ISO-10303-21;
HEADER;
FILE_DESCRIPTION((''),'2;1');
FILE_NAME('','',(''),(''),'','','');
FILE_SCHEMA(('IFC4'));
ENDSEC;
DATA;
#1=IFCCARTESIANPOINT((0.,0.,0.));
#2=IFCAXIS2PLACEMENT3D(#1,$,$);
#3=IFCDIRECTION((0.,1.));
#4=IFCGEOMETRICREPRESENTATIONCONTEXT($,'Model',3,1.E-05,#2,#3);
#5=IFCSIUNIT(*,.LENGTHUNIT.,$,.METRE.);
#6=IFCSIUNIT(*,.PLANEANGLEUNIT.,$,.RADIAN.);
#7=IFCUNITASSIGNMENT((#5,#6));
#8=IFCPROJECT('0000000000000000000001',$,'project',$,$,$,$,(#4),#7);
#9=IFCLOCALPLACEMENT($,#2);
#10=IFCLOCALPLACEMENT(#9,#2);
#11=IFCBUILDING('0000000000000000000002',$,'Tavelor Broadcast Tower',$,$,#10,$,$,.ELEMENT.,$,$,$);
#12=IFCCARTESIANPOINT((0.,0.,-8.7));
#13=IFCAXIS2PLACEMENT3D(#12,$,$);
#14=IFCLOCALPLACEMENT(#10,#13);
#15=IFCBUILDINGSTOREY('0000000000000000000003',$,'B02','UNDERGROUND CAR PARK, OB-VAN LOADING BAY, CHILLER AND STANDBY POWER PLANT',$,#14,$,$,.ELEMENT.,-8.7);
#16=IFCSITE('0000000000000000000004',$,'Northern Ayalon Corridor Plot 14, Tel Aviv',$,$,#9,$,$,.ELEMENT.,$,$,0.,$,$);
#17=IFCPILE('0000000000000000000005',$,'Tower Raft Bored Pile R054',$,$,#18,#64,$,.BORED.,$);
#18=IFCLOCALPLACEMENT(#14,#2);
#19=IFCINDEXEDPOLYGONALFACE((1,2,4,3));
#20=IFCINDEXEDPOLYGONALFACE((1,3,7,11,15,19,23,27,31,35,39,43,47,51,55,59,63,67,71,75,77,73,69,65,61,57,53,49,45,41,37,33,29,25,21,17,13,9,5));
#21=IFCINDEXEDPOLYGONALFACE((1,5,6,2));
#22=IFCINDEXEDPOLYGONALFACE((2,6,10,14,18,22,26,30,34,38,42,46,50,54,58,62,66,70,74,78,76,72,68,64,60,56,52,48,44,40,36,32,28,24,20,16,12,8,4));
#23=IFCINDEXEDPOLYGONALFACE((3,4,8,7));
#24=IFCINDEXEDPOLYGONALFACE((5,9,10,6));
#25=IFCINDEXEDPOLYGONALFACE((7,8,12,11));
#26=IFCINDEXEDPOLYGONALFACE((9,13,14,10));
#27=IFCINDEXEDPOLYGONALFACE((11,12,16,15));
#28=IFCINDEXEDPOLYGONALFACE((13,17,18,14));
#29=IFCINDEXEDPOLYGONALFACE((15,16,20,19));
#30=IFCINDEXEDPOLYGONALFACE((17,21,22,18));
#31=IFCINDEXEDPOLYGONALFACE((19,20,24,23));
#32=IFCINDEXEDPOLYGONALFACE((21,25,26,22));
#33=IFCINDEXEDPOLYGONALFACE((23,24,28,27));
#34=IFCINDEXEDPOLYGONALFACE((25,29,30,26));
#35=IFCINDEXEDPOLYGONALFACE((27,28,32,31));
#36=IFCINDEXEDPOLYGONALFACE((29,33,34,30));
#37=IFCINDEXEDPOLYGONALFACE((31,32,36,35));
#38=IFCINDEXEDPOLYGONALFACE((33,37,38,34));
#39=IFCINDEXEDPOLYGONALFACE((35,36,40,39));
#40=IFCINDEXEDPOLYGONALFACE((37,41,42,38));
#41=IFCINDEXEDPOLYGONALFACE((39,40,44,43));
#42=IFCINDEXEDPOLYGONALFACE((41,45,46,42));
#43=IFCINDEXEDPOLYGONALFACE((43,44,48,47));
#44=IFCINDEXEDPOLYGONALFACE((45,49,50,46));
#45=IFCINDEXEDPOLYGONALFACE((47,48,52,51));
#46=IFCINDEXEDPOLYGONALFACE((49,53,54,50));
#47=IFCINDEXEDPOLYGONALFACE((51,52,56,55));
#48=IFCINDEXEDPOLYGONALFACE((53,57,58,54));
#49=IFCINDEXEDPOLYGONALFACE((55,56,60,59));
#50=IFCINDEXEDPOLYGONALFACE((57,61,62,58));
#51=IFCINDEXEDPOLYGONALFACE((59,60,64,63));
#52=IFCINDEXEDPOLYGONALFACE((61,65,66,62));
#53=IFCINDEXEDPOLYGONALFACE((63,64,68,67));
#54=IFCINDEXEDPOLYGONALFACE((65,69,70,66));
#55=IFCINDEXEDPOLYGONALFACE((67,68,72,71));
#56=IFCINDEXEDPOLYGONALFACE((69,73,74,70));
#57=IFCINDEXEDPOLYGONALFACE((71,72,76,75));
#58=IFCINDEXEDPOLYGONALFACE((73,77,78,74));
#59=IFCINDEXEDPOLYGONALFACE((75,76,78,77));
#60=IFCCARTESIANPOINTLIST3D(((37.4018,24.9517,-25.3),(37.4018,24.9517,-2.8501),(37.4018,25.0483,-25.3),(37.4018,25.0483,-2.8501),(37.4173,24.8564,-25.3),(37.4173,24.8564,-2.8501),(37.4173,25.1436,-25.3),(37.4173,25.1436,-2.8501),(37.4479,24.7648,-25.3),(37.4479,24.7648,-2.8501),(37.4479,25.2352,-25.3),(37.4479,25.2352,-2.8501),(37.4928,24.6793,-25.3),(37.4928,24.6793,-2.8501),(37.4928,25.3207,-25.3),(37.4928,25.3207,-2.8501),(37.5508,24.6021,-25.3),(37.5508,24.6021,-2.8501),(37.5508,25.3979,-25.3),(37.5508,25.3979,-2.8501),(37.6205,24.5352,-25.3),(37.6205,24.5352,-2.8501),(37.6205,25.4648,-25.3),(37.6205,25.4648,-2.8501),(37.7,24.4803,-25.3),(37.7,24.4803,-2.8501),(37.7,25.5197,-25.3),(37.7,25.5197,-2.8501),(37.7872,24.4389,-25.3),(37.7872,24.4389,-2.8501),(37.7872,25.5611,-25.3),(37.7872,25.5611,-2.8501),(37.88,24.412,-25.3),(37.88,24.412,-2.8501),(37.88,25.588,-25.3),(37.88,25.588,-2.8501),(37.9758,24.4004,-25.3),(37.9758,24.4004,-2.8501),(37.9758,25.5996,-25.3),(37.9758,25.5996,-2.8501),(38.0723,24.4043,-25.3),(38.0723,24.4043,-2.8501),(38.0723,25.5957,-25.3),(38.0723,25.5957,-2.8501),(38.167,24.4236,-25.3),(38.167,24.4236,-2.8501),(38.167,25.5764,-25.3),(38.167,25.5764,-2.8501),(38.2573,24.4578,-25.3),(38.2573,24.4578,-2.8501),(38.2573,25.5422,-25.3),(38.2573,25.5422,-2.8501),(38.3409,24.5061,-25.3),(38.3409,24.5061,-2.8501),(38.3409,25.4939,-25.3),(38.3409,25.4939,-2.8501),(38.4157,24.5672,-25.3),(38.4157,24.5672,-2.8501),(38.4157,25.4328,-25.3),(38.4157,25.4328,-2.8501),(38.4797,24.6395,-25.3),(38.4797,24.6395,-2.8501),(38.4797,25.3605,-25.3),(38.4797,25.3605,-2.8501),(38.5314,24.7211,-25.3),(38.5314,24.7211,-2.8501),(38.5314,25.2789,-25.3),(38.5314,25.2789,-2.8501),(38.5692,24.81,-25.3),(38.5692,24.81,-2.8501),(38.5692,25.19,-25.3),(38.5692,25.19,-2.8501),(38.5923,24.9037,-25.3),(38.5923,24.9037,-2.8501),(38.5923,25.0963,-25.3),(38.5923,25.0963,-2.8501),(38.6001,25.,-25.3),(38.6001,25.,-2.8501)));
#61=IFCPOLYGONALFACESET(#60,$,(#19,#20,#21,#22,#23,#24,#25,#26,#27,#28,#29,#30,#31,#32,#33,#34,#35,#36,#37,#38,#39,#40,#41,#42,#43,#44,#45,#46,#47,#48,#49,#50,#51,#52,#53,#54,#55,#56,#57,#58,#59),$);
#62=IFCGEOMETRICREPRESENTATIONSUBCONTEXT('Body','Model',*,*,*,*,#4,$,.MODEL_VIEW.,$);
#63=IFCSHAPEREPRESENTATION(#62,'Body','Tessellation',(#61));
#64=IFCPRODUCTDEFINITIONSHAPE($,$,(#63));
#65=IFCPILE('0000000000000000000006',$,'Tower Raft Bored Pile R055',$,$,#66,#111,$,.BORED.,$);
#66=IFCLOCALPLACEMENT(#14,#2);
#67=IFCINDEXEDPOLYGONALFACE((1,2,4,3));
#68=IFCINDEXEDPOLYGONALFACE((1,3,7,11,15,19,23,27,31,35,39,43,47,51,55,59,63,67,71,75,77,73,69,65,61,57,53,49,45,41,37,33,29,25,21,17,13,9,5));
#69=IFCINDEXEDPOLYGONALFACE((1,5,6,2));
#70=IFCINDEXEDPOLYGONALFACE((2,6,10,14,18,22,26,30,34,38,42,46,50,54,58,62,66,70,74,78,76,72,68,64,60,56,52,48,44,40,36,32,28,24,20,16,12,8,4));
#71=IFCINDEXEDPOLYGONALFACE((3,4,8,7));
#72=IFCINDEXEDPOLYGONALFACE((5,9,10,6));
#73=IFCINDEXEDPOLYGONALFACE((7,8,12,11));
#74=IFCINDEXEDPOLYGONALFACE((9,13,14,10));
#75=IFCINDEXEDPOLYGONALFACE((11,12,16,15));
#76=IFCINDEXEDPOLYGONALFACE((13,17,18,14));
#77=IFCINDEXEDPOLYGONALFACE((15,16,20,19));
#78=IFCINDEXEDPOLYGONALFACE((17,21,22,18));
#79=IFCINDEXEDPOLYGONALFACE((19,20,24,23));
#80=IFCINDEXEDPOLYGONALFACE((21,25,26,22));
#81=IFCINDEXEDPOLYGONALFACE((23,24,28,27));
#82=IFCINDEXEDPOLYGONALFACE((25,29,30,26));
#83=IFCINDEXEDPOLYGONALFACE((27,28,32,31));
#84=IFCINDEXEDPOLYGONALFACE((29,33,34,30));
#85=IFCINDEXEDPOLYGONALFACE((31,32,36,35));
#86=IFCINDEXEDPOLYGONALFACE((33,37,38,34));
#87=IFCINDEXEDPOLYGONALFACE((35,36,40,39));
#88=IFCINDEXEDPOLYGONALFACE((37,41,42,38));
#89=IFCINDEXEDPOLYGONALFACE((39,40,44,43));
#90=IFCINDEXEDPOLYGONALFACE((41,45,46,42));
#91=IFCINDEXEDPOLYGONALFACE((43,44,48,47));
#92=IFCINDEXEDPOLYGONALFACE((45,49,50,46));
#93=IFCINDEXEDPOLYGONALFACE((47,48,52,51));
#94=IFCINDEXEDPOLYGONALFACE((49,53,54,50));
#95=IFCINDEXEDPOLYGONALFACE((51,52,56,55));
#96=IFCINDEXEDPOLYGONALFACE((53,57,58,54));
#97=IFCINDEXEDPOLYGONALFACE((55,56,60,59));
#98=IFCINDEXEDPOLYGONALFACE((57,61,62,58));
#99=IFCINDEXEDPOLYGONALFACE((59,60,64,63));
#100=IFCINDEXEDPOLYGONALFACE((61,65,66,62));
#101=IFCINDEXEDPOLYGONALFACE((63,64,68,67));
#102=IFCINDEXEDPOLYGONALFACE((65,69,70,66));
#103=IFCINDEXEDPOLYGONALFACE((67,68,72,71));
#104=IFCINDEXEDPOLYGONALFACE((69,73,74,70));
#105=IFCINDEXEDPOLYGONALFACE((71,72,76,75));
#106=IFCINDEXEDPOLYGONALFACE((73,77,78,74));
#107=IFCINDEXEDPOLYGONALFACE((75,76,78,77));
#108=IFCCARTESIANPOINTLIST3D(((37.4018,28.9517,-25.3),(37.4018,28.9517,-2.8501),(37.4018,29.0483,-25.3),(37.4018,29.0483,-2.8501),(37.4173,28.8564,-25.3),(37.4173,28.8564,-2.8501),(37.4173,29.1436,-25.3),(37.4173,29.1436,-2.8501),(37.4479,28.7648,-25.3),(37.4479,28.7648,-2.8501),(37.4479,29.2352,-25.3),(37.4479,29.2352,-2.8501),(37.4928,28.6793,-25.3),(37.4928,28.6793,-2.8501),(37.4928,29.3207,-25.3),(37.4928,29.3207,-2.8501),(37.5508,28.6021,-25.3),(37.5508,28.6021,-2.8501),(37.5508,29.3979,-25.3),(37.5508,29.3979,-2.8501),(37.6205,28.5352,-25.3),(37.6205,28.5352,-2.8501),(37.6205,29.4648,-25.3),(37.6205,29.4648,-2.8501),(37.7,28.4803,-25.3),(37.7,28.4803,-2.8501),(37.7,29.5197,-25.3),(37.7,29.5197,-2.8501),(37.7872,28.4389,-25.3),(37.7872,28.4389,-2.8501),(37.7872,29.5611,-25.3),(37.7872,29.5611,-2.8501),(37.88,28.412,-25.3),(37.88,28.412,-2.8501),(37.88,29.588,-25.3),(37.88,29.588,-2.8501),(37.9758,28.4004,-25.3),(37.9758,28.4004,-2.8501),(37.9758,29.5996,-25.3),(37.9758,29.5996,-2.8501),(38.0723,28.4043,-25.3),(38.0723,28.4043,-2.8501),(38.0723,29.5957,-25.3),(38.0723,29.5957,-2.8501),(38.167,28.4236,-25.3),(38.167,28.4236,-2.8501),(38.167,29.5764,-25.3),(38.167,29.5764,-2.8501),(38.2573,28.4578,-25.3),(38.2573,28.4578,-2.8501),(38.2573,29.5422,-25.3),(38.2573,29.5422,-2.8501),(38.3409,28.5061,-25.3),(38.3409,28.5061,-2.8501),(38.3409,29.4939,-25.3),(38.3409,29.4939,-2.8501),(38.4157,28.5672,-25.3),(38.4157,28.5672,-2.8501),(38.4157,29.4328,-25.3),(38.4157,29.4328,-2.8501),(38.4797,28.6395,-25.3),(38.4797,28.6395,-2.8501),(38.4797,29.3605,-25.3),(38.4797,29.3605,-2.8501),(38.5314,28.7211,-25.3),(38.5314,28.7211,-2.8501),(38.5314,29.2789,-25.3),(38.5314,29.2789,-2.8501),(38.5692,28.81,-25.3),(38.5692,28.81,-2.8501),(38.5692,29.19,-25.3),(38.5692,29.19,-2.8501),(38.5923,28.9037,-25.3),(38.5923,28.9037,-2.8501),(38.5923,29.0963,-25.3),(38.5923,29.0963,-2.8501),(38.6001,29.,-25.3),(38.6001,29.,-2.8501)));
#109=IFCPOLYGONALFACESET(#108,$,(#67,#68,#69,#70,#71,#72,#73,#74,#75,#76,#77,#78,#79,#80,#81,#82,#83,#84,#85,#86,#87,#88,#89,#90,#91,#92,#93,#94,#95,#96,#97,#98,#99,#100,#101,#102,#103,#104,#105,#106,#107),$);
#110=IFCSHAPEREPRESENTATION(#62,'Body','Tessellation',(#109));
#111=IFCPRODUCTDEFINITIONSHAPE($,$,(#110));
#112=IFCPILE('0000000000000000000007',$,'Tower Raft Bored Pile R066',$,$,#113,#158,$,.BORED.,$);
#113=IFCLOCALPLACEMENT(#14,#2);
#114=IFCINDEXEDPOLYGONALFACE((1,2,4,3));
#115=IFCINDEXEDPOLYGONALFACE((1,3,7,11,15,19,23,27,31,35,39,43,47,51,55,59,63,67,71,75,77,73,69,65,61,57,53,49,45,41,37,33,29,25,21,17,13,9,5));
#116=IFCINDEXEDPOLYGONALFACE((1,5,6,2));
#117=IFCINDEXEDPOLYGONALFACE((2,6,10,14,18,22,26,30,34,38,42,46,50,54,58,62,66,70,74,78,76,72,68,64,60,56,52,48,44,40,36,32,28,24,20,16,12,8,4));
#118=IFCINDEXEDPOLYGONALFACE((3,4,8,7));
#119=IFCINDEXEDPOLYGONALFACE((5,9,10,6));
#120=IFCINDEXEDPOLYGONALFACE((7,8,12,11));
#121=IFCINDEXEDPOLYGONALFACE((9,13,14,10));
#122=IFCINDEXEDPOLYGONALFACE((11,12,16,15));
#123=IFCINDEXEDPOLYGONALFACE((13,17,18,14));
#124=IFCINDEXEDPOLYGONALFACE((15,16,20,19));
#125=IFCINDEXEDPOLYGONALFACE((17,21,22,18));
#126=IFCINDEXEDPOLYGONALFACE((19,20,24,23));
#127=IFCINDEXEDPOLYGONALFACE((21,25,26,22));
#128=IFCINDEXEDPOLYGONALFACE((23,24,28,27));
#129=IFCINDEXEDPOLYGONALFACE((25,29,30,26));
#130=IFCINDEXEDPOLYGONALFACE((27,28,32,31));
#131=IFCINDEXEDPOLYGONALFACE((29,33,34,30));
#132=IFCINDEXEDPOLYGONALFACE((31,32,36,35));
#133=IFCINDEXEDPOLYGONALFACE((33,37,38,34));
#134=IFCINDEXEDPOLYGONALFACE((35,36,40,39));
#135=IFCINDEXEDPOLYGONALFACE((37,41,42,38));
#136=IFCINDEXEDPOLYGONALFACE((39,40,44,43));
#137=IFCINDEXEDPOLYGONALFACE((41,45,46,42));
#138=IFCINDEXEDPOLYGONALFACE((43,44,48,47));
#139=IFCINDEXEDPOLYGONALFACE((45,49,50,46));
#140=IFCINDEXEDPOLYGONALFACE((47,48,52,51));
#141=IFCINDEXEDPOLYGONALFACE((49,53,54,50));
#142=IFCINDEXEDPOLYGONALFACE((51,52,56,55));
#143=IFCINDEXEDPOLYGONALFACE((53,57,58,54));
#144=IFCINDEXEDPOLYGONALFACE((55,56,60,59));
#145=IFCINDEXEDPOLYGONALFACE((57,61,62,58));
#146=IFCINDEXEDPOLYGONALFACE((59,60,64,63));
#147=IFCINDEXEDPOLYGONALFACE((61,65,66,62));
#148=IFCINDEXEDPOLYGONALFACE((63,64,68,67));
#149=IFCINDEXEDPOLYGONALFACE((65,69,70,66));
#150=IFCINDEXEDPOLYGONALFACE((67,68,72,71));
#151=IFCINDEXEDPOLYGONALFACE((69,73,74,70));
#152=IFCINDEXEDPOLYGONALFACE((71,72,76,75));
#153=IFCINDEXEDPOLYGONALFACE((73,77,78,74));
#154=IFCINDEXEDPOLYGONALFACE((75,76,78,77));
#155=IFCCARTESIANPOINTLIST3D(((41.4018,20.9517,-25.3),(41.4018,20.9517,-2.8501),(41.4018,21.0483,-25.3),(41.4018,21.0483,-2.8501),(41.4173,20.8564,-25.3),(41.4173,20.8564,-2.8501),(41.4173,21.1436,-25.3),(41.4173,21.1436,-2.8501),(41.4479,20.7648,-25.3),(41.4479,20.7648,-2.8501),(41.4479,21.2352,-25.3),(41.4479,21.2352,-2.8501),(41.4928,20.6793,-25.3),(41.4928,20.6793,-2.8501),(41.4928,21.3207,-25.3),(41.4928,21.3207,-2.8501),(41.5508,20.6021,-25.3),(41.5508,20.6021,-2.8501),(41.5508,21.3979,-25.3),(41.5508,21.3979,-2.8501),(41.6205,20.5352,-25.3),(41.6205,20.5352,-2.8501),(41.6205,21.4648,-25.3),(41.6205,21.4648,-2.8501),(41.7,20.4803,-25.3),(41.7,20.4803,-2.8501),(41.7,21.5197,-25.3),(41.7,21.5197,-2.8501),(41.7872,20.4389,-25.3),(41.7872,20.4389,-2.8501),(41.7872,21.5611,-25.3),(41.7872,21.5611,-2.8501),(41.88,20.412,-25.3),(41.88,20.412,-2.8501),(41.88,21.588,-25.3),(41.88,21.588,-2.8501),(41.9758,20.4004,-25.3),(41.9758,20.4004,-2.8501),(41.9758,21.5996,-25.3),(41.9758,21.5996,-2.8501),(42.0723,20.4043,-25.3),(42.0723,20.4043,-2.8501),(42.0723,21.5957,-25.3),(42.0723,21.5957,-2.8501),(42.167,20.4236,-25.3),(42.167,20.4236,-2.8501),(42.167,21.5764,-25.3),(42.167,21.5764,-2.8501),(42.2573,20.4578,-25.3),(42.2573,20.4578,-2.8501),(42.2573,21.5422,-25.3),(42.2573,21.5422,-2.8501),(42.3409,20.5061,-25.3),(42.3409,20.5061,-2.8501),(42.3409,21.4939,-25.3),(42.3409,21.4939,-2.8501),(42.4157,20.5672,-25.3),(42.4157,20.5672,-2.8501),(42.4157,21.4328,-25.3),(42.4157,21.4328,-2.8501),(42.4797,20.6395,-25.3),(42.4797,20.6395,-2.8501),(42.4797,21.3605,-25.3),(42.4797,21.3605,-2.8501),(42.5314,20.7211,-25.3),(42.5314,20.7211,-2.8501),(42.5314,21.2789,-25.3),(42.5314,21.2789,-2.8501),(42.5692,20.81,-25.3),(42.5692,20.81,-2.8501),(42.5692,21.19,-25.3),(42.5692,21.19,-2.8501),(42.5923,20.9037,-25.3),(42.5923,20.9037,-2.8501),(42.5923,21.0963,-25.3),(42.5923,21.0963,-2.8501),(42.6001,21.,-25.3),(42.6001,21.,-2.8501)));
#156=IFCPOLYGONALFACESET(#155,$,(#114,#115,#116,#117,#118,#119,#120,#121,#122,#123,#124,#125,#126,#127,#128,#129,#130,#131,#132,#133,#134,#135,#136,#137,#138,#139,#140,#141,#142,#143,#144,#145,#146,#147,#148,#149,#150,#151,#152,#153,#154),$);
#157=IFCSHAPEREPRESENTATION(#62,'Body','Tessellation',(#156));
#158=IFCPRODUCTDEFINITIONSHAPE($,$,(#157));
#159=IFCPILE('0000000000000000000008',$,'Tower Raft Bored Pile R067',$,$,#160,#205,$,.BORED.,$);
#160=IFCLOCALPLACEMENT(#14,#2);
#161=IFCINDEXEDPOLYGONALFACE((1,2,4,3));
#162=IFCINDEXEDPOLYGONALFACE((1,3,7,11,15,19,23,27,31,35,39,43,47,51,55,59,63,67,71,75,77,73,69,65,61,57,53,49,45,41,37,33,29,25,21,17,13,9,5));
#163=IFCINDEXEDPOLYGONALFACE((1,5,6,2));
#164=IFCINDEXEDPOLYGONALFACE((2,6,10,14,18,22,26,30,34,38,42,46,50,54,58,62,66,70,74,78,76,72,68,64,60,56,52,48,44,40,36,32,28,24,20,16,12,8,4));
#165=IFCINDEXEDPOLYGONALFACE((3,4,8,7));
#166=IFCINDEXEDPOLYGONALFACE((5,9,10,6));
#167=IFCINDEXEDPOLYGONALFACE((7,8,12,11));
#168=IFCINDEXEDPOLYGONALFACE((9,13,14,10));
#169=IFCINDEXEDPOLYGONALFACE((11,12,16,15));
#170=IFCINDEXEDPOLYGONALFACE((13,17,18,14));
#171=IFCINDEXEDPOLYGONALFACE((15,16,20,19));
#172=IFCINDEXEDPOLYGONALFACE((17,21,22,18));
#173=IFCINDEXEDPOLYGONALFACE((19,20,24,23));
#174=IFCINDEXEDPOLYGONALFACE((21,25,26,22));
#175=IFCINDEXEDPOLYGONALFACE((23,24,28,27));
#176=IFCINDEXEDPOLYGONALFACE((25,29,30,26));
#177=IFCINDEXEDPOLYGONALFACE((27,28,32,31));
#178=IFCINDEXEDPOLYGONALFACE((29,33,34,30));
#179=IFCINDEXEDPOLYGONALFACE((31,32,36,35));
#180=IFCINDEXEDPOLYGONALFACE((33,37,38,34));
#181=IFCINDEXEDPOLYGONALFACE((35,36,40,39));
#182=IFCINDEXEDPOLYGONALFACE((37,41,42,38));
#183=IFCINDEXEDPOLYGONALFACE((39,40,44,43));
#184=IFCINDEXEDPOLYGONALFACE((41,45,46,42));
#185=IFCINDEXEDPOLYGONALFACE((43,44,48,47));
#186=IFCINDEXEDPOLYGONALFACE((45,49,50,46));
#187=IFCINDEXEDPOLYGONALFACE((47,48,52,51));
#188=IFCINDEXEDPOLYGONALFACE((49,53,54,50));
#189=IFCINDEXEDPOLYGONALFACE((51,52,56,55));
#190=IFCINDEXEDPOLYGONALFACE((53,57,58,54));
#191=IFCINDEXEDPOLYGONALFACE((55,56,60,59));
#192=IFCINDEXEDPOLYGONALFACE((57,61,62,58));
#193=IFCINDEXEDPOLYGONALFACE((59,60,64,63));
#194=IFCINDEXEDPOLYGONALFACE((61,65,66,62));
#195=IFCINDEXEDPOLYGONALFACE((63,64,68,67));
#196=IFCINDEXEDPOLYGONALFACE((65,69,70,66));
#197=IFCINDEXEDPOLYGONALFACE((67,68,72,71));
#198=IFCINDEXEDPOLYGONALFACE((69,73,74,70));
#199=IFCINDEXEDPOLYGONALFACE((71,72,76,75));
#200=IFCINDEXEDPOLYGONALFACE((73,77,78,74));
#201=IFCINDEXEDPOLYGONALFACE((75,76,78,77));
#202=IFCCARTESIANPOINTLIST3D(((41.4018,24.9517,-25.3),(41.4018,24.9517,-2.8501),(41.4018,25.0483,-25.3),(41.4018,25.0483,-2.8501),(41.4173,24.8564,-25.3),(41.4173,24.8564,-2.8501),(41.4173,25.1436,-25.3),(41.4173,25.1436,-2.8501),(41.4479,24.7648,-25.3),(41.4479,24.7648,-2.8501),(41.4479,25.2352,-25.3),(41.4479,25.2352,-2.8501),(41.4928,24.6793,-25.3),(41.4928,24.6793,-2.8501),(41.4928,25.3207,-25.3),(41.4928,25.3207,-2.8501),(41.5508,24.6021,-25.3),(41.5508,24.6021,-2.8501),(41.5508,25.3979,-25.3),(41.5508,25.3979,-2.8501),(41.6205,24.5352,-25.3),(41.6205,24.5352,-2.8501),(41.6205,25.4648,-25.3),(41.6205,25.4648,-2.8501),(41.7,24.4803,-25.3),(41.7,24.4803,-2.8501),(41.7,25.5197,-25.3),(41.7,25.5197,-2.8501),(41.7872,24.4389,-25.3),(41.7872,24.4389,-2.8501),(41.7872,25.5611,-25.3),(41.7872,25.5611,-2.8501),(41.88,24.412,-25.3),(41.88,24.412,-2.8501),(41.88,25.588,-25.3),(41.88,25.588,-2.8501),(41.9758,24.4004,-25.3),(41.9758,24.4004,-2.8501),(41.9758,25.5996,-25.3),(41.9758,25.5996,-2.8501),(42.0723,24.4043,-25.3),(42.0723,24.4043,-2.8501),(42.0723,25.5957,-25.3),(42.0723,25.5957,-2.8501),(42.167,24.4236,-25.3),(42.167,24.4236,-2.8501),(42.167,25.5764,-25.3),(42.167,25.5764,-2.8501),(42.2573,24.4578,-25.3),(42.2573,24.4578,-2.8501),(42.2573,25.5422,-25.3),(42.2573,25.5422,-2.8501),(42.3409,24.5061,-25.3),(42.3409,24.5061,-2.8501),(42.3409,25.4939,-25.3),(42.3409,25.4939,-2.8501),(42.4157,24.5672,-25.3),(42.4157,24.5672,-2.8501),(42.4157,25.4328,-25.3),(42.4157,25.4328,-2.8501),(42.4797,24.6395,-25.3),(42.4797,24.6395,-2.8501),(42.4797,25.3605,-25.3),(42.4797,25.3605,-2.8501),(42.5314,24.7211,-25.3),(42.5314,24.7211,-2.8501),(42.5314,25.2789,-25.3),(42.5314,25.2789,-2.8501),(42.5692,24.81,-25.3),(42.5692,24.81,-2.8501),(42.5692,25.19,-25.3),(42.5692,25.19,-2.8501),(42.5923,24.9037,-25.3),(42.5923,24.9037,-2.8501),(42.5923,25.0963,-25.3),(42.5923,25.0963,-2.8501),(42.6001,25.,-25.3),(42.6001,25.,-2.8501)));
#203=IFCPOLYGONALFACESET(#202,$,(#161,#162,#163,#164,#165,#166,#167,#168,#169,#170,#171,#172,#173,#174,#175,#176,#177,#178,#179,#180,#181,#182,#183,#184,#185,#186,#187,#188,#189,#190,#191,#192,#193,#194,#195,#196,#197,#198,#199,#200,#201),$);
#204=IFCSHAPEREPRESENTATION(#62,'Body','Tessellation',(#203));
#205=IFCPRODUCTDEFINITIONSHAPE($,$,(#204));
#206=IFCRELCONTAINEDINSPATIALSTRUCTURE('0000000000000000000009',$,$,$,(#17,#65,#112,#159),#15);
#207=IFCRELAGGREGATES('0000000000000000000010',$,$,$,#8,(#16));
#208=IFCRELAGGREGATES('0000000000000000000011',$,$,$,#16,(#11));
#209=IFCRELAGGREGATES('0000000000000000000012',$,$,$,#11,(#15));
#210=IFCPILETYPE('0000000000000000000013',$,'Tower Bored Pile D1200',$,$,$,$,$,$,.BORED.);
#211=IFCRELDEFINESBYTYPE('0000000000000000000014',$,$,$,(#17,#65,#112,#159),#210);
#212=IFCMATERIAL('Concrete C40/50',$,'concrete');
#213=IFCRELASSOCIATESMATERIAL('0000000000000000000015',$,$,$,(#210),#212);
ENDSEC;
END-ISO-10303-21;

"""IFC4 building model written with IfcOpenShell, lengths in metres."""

from ifc_helpers import new_model, si_unit, direction, frame, origin, origin_2d, place, context, subcontext, project, spatial, circle, extrude, material, material_profile, profile_set, type_object, element, save


model = new_model("IFC4")

# Units and contexts
model_context = context("Model", 3, precision=1e-05, world=origin(), true_north=direction((0.0, 1.0)))
body_context = subcontext(model_context, "Body", "Model", "MODEL_VIEW")
ifc_project = project(units=[si_unit("LENGTHUNIT", "METRE"), si_unit("PLANEANGLEUNIT", "RADIAN")], contexts=[model_context])

# Site, building, storey
site_placement = place(None, origin())
site = spatial("IfcSite", under=ifc_project, at=site_placement, Name="Northern Ayalon Corridor Plot 14, Tel Aviv", CompositionType="ELEMENT", RefElevation=0.0)
building_placement = place(site_placement, origin())
building = spatial("IfcBuilding", under=site, at=building_placement, Name="Tavelor Broadcast Tower", CompositionType="ELEMENT")
storey_placement = place(building_placement, frame((0.0, 0.0, -8.7)))
storey = spatial("IfcBuildingStorey", under=building, at=storey_placement, Name="B02", Description="UNDERGROUND CAR PARK, OB-VAN LOADING BAY, CHILLER AND STANDBY POWER PLANT", CompositionType="ELEMENT", Elevation=-8.7)

# Shared definitions
ifc_material_1 = material(Name="Concrete C40/50", Category="concrete")

# Piles
ifc_material_profile_1 = material_profile(ifc_material_1, circle(Radius=0.6001, at=origin_2d()), Name="PILE D1200")
ifc_profile_set_1 = profile_set([ifc_material_profile_1], Name="Concrete C40/50")
pile_type_1 = type_object("IfcPileType", Name="Tower Bored Pile D1200", PredefinedType="BORED", material=ifc_profile_set_1)
for number, where, z_axis, x_axis, name in (
    (1, (38.0, 25.0, -2.8501), (0.0, 0.0, -1.0), (1.0, 0.0, 0.0), "Tower Raft Bored Pile R054"),
    (2, (38.0, 29.0, -2.8501), (0.0, 0.0, -1.0), (1.0, 0.0, 0.0), "Tower Raft Bored Pile R055"),
    (3, (42.0, 21.0, -2.8501), (0.0, 0.0, -1.0), (1.0, 0.0, 0.0), "Tower Raft Bored Pile R066"),
    (4, (42.0, 25.0, -2.8501), (0.0, 0.0, -1.0), (1.0, 0.0, 0.0), "Tower Raft Bored Pile R067"),
):
    element("IfcPile", number, at=place(storey_placement, frame(where, z_axis=z_axis, x_axis=x_axis)), inside=storey, type_object=pile_type_1, Name=name, PredefinedType="BORED", context=body_context, shape_type="SweptSolid", body=[
        extrude(circle(Radius=0.6001, at=origin_2d()), origin(), (0.0, 0.0, 1.0), 22.45),
    ])

save(model, "model.ifc")
